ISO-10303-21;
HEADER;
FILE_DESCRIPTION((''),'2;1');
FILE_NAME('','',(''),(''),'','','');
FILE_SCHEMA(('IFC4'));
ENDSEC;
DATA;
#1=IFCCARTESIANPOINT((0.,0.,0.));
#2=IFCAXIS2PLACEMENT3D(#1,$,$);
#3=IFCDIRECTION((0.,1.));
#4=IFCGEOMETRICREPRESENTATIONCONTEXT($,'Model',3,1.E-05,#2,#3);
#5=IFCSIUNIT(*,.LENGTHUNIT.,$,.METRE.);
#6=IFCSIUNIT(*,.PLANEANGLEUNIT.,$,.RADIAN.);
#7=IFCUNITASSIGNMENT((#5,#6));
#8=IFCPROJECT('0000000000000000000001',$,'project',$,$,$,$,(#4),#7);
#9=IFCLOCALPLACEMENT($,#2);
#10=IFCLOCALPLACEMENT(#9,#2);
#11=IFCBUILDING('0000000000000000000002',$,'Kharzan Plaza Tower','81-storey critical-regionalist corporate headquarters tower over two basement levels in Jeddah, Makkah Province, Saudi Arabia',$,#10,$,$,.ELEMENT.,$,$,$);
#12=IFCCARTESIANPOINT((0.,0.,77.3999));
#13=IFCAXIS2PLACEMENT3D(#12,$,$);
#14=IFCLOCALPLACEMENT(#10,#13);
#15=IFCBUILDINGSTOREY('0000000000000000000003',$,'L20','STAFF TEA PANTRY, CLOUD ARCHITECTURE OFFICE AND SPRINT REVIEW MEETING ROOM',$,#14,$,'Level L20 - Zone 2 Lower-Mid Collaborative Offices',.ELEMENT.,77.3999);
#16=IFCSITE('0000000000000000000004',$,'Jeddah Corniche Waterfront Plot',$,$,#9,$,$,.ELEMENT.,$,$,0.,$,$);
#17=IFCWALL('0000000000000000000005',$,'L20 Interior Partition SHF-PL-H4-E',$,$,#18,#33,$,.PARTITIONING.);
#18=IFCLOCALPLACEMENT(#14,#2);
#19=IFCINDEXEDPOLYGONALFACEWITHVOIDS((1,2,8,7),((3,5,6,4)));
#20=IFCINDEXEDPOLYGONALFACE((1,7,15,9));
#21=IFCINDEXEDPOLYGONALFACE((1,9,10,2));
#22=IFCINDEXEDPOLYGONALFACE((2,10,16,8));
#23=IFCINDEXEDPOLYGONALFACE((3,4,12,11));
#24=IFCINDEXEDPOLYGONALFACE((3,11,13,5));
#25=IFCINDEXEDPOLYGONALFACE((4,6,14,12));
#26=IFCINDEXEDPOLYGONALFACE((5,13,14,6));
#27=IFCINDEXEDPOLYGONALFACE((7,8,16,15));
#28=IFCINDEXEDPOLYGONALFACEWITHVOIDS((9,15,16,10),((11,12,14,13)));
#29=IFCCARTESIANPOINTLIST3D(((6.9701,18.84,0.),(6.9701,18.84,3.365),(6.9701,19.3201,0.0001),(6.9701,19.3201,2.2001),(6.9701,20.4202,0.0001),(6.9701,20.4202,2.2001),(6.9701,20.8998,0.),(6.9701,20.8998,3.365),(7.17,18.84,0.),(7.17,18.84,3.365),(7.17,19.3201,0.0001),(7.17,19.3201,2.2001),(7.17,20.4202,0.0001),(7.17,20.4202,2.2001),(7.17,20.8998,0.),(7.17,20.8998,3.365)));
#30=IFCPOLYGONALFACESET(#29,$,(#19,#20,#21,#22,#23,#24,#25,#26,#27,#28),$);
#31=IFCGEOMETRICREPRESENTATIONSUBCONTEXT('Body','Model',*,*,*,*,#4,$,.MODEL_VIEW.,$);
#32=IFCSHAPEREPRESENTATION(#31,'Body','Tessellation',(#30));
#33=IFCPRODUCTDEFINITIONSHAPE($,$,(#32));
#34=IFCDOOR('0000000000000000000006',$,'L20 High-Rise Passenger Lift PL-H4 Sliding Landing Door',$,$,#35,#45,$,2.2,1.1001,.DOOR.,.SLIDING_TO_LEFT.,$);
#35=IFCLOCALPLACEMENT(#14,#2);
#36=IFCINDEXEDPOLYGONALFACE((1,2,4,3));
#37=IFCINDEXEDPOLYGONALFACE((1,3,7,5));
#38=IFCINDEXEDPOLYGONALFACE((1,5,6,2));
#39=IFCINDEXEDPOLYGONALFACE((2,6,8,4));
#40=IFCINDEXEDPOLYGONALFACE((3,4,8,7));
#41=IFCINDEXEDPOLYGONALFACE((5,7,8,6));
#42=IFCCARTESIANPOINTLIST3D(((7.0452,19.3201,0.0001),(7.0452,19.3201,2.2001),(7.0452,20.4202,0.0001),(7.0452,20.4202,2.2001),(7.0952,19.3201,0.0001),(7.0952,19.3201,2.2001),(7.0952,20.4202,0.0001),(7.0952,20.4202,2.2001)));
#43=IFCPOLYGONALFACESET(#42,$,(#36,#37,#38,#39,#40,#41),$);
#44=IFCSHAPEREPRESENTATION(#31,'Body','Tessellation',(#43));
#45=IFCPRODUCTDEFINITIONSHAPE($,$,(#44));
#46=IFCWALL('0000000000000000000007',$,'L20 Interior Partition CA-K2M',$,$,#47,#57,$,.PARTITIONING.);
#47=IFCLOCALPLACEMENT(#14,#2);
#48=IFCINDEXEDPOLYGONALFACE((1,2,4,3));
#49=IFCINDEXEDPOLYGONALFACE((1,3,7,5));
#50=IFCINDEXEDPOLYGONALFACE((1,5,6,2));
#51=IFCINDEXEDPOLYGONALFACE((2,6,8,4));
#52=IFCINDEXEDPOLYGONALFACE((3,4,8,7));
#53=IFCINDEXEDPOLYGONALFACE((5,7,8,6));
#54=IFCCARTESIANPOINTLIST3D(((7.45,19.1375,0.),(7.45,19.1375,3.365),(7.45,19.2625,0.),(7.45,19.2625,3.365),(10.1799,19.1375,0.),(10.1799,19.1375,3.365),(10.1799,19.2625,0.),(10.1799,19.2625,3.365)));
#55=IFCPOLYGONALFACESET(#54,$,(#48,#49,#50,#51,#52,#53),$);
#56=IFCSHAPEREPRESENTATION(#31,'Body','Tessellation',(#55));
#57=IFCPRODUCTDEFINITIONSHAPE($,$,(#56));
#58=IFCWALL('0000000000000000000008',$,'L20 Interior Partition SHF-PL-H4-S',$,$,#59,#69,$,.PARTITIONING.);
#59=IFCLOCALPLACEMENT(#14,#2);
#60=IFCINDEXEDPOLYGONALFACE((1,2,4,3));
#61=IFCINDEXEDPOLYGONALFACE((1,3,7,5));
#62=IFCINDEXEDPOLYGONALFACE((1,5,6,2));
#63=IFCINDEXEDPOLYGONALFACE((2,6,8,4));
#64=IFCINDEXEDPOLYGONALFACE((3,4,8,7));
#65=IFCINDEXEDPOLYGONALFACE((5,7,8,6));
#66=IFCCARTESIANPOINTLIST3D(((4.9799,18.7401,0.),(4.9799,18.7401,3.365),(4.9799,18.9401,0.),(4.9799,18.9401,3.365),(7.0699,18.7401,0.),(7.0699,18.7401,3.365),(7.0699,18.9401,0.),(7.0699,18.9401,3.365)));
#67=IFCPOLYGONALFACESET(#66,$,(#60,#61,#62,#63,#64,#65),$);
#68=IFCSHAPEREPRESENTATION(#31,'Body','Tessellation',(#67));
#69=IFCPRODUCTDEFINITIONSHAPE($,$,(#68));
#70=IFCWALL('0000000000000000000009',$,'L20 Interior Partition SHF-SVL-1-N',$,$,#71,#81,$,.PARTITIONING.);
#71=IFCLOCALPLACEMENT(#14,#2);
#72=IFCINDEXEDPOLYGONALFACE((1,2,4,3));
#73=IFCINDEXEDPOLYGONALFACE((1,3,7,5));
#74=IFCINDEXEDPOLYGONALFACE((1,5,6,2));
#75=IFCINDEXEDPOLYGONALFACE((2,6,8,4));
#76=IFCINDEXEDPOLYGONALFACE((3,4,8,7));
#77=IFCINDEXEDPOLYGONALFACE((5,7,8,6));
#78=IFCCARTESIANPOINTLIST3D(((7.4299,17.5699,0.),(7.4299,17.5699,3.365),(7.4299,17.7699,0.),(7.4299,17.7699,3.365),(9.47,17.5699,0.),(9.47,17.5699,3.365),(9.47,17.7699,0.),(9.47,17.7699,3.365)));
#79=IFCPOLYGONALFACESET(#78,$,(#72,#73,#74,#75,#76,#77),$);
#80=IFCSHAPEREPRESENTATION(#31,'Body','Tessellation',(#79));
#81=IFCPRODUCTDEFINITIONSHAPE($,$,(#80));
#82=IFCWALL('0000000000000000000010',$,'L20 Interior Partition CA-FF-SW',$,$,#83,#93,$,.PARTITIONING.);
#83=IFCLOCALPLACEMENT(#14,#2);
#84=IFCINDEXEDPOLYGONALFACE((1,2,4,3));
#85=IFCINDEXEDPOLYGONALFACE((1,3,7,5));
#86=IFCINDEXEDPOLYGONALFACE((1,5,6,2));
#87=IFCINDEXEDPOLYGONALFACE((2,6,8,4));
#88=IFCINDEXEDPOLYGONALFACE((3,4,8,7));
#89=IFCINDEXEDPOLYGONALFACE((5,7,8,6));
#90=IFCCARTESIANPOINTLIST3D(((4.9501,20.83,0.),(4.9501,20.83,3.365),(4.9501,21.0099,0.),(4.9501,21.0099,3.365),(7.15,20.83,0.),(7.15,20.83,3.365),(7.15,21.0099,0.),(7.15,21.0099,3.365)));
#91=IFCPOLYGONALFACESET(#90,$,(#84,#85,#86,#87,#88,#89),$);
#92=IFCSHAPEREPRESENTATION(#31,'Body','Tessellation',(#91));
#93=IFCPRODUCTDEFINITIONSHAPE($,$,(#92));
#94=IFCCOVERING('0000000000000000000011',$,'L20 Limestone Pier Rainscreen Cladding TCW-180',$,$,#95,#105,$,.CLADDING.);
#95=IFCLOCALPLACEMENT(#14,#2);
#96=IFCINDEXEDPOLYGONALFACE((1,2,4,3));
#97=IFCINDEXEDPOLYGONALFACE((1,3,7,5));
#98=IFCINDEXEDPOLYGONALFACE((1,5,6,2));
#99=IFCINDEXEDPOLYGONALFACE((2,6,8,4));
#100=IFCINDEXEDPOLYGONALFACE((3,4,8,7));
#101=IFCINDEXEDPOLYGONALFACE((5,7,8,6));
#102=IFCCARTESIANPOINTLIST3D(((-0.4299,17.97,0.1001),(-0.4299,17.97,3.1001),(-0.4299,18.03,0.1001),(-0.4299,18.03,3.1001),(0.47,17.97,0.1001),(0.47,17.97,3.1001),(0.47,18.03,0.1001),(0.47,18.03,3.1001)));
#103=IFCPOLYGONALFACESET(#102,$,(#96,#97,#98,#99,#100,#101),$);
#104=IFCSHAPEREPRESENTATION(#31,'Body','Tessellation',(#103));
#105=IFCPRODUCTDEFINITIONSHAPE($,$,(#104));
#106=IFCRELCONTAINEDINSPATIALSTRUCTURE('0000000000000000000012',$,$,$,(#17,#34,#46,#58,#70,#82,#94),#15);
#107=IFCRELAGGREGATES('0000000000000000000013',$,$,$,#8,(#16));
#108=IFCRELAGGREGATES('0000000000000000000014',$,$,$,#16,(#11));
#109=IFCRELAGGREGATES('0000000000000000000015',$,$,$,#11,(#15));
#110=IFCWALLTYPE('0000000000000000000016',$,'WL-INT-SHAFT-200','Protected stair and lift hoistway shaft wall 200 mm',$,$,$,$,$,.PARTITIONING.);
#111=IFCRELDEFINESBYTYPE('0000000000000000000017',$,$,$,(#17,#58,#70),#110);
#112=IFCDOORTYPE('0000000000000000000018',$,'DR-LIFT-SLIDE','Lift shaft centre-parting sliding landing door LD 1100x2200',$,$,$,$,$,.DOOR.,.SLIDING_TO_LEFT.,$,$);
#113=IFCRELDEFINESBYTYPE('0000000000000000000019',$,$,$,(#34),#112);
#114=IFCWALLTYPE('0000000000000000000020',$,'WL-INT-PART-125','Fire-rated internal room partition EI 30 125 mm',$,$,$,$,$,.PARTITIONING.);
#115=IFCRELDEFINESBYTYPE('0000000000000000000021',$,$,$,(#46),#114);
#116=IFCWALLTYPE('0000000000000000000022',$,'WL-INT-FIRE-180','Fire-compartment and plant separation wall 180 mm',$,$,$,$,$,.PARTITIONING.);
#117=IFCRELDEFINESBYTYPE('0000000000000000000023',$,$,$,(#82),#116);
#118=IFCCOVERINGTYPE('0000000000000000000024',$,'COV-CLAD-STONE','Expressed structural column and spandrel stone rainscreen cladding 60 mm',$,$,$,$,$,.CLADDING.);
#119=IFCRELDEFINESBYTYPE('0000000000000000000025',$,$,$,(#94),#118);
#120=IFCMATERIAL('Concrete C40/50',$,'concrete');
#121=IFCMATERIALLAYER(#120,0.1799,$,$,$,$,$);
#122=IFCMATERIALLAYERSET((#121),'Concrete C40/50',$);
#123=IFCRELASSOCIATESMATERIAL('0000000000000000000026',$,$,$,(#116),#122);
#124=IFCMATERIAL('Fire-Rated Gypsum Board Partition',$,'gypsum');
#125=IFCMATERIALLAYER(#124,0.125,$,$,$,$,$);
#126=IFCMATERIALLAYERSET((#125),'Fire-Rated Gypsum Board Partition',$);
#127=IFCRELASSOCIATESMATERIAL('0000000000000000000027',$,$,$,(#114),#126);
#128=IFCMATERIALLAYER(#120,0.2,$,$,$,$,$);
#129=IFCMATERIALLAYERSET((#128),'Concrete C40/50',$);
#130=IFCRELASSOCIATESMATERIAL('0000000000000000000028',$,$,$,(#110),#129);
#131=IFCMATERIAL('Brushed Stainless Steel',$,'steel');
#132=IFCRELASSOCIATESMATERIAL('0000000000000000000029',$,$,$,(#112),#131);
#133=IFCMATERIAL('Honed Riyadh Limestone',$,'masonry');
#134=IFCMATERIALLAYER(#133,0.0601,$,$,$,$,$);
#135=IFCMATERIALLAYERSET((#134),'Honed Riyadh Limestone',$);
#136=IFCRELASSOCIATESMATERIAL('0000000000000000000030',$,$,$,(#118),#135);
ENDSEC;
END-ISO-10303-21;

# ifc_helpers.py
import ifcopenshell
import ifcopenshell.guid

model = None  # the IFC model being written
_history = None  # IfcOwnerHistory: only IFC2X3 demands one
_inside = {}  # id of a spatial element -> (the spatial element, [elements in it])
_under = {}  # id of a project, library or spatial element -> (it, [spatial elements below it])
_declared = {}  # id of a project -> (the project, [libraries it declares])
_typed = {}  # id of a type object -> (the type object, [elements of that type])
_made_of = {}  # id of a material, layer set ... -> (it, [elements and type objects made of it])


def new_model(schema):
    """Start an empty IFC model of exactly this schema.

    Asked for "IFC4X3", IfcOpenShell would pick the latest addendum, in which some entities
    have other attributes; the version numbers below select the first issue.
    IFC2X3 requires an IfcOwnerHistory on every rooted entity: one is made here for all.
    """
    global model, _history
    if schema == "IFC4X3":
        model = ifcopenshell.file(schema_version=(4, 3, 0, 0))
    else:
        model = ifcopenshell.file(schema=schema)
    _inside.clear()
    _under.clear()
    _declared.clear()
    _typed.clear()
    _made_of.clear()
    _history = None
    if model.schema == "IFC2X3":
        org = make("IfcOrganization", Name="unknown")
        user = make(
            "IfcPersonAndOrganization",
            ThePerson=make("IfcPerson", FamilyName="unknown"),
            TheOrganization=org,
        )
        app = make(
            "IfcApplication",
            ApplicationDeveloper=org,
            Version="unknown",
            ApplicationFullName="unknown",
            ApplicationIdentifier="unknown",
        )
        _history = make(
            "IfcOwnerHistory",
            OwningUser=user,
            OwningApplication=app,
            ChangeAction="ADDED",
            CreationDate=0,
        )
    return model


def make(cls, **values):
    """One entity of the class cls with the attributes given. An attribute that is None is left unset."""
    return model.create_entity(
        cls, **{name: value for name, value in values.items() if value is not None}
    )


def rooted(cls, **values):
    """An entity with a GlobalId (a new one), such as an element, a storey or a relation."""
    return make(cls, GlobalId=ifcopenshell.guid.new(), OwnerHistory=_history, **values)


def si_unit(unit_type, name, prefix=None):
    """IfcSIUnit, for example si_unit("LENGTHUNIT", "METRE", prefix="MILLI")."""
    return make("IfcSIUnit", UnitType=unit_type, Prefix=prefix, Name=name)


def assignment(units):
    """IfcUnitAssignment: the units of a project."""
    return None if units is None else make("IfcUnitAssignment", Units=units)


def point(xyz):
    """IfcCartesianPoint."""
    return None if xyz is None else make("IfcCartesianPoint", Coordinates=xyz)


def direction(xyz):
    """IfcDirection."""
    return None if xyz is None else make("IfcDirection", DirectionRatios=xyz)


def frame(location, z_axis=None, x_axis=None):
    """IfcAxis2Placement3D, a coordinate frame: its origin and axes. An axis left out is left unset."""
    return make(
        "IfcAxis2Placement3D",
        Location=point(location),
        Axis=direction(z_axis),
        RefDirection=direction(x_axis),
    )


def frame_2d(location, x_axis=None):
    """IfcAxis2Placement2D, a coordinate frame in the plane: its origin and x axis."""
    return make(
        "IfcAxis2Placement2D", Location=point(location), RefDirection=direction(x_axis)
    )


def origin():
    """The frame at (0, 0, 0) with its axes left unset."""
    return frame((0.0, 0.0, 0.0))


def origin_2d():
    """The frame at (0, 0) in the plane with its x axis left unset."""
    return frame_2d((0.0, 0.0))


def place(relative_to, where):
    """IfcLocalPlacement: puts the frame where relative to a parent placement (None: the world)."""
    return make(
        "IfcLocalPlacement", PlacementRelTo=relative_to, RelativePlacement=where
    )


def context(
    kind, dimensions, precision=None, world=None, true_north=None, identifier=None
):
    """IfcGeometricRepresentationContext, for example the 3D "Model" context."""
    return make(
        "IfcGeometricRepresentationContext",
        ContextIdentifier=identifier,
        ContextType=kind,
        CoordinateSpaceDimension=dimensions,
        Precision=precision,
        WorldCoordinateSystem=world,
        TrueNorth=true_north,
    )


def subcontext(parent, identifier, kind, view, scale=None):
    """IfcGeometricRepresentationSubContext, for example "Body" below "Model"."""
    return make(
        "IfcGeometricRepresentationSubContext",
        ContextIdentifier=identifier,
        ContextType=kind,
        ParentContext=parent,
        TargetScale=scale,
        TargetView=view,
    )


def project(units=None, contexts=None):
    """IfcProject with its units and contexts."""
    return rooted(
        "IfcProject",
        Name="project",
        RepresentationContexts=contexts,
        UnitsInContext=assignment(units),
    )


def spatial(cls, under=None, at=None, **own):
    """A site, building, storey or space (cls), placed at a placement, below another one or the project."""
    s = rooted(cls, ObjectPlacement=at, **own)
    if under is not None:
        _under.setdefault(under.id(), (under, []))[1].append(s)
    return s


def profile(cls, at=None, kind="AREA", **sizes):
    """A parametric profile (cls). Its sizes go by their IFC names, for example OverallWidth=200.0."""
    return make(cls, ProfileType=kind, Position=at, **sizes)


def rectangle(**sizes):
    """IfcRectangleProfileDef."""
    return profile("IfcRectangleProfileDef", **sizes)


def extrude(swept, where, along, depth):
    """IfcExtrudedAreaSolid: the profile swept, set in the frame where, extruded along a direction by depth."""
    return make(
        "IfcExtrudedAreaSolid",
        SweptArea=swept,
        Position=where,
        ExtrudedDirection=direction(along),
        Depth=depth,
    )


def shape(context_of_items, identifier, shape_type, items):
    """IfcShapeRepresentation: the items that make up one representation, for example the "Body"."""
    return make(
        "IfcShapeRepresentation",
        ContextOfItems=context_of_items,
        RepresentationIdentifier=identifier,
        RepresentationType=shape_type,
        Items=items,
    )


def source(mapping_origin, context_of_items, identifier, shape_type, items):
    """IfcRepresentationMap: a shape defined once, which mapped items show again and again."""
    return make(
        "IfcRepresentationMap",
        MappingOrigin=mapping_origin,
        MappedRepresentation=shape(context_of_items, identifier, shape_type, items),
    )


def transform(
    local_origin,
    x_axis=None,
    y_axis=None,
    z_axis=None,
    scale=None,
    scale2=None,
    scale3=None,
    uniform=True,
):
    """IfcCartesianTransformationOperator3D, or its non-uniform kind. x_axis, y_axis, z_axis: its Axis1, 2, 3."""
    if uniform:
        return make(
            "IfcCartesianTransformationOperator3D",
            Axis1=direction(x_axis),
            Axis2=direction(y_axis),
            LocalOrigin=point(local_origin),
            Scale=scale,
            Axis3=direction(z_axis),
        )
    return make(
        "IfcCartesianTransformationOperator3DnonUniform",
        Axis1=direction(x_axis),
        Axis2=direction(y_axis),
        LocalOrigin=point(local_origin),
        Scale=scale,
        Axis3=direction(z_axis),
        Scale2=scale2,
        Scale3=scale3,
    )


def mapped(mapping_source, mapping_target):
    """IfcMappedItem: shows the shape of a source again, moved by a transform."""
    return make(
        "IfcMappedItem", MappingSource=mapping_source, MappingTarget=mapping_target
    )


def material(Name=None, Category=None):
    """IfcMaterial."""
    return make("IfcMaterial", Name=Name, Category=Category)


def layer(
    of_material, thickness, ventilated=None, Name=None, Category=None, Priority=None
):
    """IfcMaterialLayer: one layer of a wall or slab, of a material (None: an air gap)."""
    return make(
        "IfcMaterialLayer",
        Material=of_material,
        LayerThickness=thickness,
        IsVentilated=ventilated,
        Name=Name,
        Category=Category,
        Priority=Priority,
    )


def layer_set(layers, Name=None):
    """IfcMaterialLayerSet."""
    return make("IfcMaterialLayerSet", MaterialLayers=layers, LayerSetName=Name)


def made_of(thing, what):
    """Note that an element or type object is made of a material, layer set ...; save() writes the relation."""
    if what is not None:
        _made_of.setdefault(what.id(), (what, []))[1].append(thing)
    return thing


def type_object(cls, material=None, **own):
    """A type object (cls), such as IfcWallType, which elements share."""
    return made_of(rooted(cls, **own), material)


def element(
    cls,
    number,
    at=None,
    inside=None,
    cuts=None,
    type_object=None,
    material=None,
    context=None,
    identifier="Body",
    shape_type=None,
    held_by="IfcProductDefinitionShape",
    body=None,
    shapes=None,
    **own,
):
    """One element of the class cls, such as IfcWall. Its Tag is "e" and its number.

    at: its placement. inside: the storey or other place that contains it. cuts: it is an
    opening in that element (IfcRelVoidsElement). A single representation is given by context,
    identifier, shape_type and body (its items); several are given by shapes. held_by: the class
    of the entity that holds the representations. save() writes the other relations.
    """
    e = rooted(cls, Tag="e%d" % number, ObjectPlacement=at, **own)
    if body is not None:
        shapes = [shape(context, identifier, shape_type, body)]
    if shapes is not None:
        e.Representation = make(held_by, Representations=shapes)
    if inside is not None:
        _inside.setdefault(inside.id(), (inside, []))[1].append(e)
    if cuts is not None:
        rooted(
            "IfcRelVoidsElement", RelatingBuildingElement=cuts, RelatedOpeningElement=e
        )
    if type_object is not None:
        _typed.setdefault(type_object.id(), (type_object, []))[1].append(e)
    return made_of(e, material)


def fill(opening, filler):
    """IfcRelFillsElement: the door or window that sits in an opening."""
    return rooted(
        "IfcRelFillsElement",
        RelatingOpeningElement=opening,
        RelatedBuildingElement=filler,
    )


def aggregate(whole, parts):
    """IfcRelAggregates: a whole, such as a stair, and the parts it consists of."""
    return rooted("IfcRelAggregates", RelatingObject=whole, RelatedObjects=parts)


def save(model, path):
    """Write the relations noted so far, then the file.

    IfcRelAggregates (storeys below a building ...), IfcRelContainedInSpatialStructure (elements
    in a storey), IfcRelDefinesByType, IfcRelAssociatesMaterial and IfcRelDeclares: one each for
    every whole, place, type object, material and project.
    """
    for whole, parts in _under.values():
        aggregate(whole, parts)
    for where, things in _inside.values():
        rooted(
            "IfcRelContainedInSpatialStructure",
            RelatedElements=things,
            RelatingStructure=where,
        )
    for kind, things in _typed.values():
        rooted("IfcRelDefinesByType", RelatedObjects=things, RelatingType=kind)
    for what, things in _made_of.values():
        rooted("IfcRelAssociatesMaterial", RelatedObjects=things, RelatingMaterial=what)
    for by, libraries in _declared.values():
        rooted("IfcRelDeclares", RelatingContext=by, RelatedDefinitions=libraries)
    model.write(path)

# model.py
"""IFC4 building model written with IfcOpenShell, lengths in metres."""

from ifc_helpers import new_model, si_unit, direction, frame, frame_2d, origin, origin_2d, place, context, subcontext, project, spatial, rectangle, extrude, source, transform, mapped, material, layer, layer_set, type_object, element, fill, save


model = new_model("IFC4")

# Units and contexts
model_context = context("Model", 3, precision=1e-05, world=origin(), true_north=direction((0.0, 1.0)))
body_context = subcontext(model_context, "Body", "Model", "MODEL_VIEW")
ifc_project = project(units=[si_unit("LENGTHUNIT", "METRE"), si_unit("PLANEANGLEUNIT", "RADIAN")], contexts=[model_context])

# Site, building, storey
site_placement = place(None, origin())
site = spatial("IfcSite", under=ifc_project, at=site_placement, Name="Jeddah Corniche Waterfront Plot", CompositionType="ELEMENT", RefElevation=0.0)
building_placement = place(site_placement, origin())
building = spatial("IfcBuilding", under=site, at=building_placement, Name="Kharzan Plaza Tower", Description="81-storey critical-regionalist corporate headquarters tower over two basement levels in Jeddah, Makkah Province, Saudi Arabia", CompositionType="ELEMENT")
storey_placement = place(building_placement, frame((0.0, 0.0, 77.3999)))
storey = spatial("IfcBuildingStorey", under=building, at=storey_placement, Name="L20", Description="STAFF TEA PANTRY, CLOUD ARCHITECTURE OFFICE AND SPRINT REVIEW MEETING ROOM", LongName="Level L20 - Zone 2 Lower-Mid Collaborative Offices", CompositionType="ELEMENT", Elevation=77.3999)

# Shared definitions
ifc_material_1 = material(Name="Concrete C40/50", Category="concrete")

# Wall, opening, door
ifc_layer_1 = layer(ifc_material_1, 0.1799)
ifc_layer_set_1 = layer_set([ifc_layer_1], Name="Concrete C40/50")
wall_type_1 = type_object("IfcWallType", Name="WL-INT-FIRE-180", Description="Fire-compartment and plant separation wall 180 mm", PredefinedType="PARTITIONING", material=ifc_layer_set_1)
ifc_material_2 = material(Name="Fire-Rated Gypsum Board Partition", Category="gypsum")
ifc_layer_2 = layer(ifc_material_2, 0.125)
ifc_layer_set_2 = layer_set([ifc_layer_2], Name="Fire-Rated Gypsum Board Partition")
wall_type_2 = type_object("IfcWallType", Name="WL-INT-PART-125", Description="Fire-rated internal room partition EI 30 125 mm", PredefinedType="PARTITIONING", material=ifc_layer_set_2)
ifc_layer_3 = layer(ifc_material_1, 0.2)
ifc_layer_set_3 = layer_set([ifc_layer_3], Name="Concrete C40/50")
wall_type_3 = type_object("IfcWallType", Name="WL-INT-SHAFT-200", Description="Protected stair and lift hoistway shaft wall 200 mm", PredefinedType="PARTITIONING", material=ifc_layer_set_3)
wall_1_placement = place(storey_placement, frame((7.0701, 18.8401, 0.0), z_axis=(0.0, 0.0, 1.0), x_axis=(0.0, 1.0, 0.0)))
wall_1 = element("IfcWall", 1, at=wall_1_placement, inside=storey, type_object=wall_type_3, Name="L20 Interior Partition SHF-PL-H4-E", PredefinedType="PARTITIONING", context=body_context, shape_type="SweptSolid", body=[
    extrude(rectangle(XDim=2.0598, YDim=0.2, at=frame_2d((1.0298, 0.0))), origin(), (0.0, 0.0, 1.0), 3.365),
])
opening_1_placement = place(wall_1_placement, frame((0.48, 0.0, 0.0)))
opening_1 = element("IfcOpeningElement", 2, at=opening_1_placement, cuts=wall_1, PredefinedType="OPENING", context=body_context, shape_type="SweptSolid", body=[
    extrude(rectangle(XDim=1.1001, YDim=2.2, at=frame_2d((0.55, 1.1001))), frame((0.0, 0.1099, 0.0), z_axis=(0.0, -1.0, 0.0), x_axis=(1.0, 0.0, 0.0)), (0.0, 0.0, 1.0), 0.22),
])
ifc_material_3 = material(Name="Brushed Stainless Steel", Category="steel")
door_type_1 = type_object("IfcDoorType", Name="DR-LIFT-SLIDE", Description="Lift shaft centre-parting sliding landing door LD 1100x2200", OperationType="SLIDING_TO_LEFT", PredefinedType="DOOR", material=ifc_material_3)
shared_shape_1 = source(origin(), body_context, "Body", "SweptSolid", [
    extrude(rectangle(XDim=1.1001, YDim=2.2, at=frame_2d((0.55, 1.1001))), frame((0.0, 0.0249, 0.0), z_axis=(0.0, -1.0, 0.0), x_axis=(1.0, 0.0, 0.0)), (0.0, 0.0, 1.0), 0.05),
])
door_1_placement = place(opening_1_placement, origin())
door_1 = element("IfcDoor", 3, at=door_1_placement, inside=storey, type_object=door_type_1, Name="L20 High-Rise Passenger Lift PL-H4 Sliding Landing Door", OperationType="SLIDING_TO_LEFT", OverallHeight=2.2, OverallWidth=1.1001, PredefinedType="DOOR", context=body_context, shape_type="MappedRepresentation", body=[
    mapped(shared_shape_1, transform((0.0, 0.0, 0.0), x_axis=(1.0, 0.0, 0.0), y_axis=(0.0, 1.0, 0.0), z_axis=(0.0, 0.0, 1.0))),
])
fill(opening_1, door_1)

# Walls
shared_shape_2 = source(origin(), body_context, "Body", "SweptSolid", [
    extrude(rectangle(XDim=2.73, YDim=0.125, at=frame_2d((1.365, 0.0))), origin(), (0.0, 0.0, 1.0), 3.365),
])
wall_2_placement = place(storey_placement, frame((7.45, 19.2, 0.0), z_axis=(0.0, 0.0, 1.0), x_axis=(1.0, 0.0, 0.0)))
element("IfcWall", 4, at=wall_2_placement, inside=storey, type_object=wall_type_2, Name="L20 Interior Partition CA-K2M", PredefinedType="PARTITIONING", context=body_context, shape_type="MappedRepresentation", body=[
    mapped(shared_shape_2, transform((0.0, 0.0, 0.0), x_axis=(1.0, 0.0, 0.0), y_axis=(0.0, 1.0, 0.0), z_axis=(0.0, 0.0, 1.0))),
])
shared_shape_3 = source(origin(), body_context, "Body", "SweptSolid", [
    extrude(rectangle(XDim=2.0901, YDim=0.2, at=frame_2d((1.0449, 0.0))), origin(), (0.0, 0.0, 1.0), 3.365),
])
wall_3_placement = place(storey_placement, frame((4.98, 18.8401, 0.0), z_axis=(0.0, 0.0, 1.0), x_axis=(1.0, 0.0, 0.0)))
element("IfcWall", 5, at=wall_3_placement, inside=storey, type_object=wall_type_3, Name="L20 Interior Partition SHF-PL-H4-S", PredefinedType="PARTITIONING", context=body_context, shape_type="MappedRepresentation", body=[
    mapped(shared_shape_3, transform((0.0, 0.0, 0.0), x_axis=(1.0, 0.0, 0.0), y_axis=(0.0, 1.0, 0.0), z_axis=(0.0, 0.0, 1.0))),
])
shared_shape_4 = source(origin(), body_context, "Body", "SweptSolid", [
    extrude(rectangle(XDim=2.04, YDim=0.2, at=frame_2d((1.02, 0.0))), origin(), (0.0, 0.0, 1.0), 3.365),
])
wall_4_placement = place(storey_placement, frame((7.4299, 17.6699, 0.0), z_axis=(0.0, 0.0, 1.0), x_axis=(1.0, 0.0, 0.0)))
element("IfcWall", 6, at=wall_4_placement, inside=storey, type_object=wall_type_3, Name="L20 Interior Partition SHF-SVL-1-N", PredefinedType="PARTITIONING", context=body_context, shape_type="MappedRepresentation", body=[
    mapped(shared_shape_4, transform((0.0, 0.0, 0.0), x_axis=(1.0, 0.0, 0.0), y_axis=(0.0, 1.0, 0.0), z_axis=(0.0, 0.0, 1.0))),
])
shared_shape_5 = source(origin(), body_context, "Body", "SweptSolid", [
    extrude(rectangle(XDim=2.2, YDim=0.1799, at=frame_2d((1.1001, 0.0))), origin(), (0.0, 0.0, 1.0), 3.365),
])
wall_5_placement = place(storey_placement, frame((4.95, 20.9199, 0.0), z_axis=(0.0, 0.0, 1.0), x_axis=(1.0, 0.0, 0.0)))
element("IfcWall", 7, at=wall_5_placement, inside=storey, type_object=wall_type_1, Name="L20 Interior Partition CA-FF-SW", PredefinedType="PARTITIONING", context=body_context, shape_type="MappedRepresentation", body=[
    mapped(shared_shape_5, transform((0.0, 0.0, 0.0), x_axis=(1.0, 0.0, 0.0), y_axis=(0.0, 1.0, 0.0), z_axis=(0.0, 0.0, 1.0))),
])

# Covering
ifc_material_4 = material(Name="Honed Riyadh Limestone", Category="masonry")
ifc_layer_4 = layer(ifc_material_4, 0.0601)
ifc_layer_set_4 = layer_set([ifc_layer_4], Name="Honed Riyadh Limestone")
covering_type = type_object("IfcCoveringType", Name="COV-CLAD-STONE", Description="Expressed structural column and spandrel stone rainscreen cladding 60 mm", PredefinedType="CLADDING", material=ifc_layer_set_4)
shared_shape_6 = source(origin(), body_context, "Body", "SweptSolid", [
    extrude(rectangle(XDim=0.0601, YDim=0.8999, at=origin_2d()), origin(), (0.0, 0.0, 1.0), 3.0),
])
covering_placement = place(storey_placement, frame((0.02, 18.0, 0.1001), z_axis=(0.0, 0.0, 1.0), x_axis=(0.0, 1.0, 0.0)))
element("IfcCovering", 8, at=covering_placement, inside=storey, type_object=covering_type, Name="L20 Limestone Pier Rainscreen Cladding TCW-180", PredefinedType="CLADDING", context=body_context, shape_type="MappedRepresentation", body=[
    mapped(shared_shape_6, transform((0.0, 0.0, 0.0), x_axis=(1.0, 0.0, 0.0), y_axis=(0.0, 1.0, 0.0), z_axis=(0.0, 0.0, 1.0))),
])

save(model, "model.ifc")
